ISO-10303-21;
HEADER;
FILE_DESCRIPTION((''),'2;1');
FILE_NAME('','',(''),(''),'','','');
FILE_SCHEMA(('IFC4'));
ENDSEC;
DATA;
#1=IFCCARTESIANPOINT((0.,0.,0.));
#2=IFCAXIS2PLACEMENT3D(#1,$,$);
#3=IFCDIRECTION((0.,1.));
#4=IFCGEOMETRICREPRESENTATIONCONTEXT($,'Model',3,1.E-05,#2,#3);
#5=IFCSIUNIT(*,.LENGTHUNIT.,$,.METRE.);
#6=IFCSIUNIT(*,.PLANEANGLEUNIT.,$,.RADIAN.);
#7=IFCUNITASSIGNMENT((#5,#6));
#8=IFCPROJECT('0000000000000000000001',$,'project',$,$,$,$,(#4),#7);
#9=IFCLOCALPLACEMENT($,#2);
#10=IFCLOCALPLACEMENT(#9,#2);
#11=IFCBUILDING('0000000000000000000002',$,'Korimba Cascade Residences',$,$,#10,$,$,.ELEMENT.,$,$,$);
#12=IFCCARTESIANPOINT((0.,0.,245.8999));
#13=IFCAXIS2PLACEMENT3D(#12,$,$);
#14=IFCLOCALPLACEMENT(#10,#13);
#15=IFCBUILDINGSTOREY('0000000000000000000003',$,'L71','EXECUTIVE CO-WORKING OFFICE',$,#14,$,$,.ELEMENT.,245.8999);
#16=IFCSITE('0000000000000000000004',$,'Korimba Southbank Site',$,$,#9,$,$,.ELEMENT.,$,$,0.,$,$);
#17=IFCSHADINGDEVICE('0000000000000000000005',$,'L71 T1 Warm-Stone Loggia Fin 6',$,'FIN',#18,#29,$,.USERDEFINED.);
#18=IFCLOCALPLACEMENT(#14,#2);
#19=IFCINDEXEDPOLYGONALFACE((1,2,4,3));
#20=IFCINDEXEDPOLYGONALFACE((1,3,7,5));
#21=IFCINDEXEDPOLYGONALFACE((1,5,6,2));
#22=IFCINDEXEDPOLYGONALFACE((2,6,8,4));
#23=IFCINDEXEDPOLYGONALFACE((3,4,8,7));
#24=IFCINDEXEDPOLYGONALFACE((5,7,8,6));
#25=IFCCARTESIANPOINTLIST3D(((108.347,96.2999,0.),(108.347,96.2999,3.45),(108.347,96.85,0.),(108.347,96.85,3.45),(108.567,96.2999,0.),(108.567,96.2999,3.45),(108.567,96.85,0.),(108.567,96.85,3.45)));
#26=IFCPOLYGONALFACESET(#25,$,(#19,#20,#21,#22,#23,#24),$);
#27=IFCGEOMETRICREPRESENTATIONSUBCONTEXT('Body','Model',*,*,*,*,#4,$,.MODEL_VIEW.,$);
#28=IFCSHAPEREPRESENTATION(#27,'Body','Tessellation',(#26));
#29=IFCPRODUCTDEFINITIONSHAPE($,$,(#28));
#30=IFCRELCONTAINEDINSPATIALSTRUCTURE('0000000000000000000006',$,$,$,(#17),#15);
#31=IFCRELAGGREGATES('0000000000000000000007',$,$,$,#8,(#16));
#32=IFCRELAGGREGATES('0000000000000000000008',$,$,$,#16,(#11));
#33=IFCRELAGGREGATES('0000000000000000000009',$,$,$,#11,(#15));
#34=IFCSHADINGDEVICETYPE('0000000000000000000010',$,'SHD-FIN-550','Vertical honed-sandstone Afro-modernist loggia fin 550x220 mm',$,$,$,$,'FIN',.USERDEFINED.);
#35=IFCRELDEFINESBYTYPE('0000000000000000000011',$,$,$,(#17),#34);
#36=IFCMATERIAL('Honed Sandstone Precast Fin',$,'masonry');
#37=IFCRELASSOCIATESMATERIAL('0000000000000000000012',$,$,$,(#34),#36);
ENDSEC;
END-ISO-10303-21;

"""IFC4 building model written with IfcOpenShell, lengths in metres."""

from ifc_helpers import new_model, si_unit, direction, frame, origin, origin_2d, place, context, subcontext, project, spatial, rectangle, extrude, material, type_object, element, save


model = new_model("IFC4")

# Units and contexts
model_context = context("Model", 3, precision=1e-05, world=origin(), true_north=direction((0.0, 1.0)))
body_context = subcontext(model_context, "Body", "Model", "MODEL_VIEW")
ifc_project = project(units=[si_unit("LENGTHUNIT", "METRE"), si_unit("PLANEANGLEUNIT", "RADIAN")], contexts=[model_context])

# Site, building, storey
site_placement = place(None, origin())
site = spatial("IfcSite", under=ifc_project, at=site_placement, Name="Korimba Southbank Site", CompositionType="ELEMENT", RefElevation=0.0)
building_placement = place(site_placement, origin())
building = spatial("IfcBuilding", under=site, at=building_placement, Name="Korimba Cascade Residences", CompositionType="ELEMENT")
storey_placement = place(building_placement, frame((0.0, 0.0, 245.8999)))
storey = spatial("IfcBuildingStorey", under=building, at=storey_placement, Name="L71", Description="EXECUTIVE CO-WORKING OFFICE", CompositionType="ELEMENT", Elevation=245.8999)

# Shading device
ifc_material_1 = material(Name="Honed Sandstone Precast Fin", Category="masonry")
shading_device_type = type_object("IfcShadingDeviceType", Name="SHD-FIN-550", Description="Vertical honed-sandstone Afro-modernist loggia fin 550x220 mm", ElementType="FIN", PredefinedType="USERDEFINED", material=ifc_material_1)
for number, where, z_axis, x_axis, name in (
    (1, (108.457, 96.575, 0.0), (0.0, 0.0, 1.0), (1.0, 0.0, 0.0), "L71 T1 Warm-Stone Loggia Fin 6"),
):
    element("IfcShadingDevice", number, at=place(storey_placement, frame(where, z_axis=z_axis, x_axis=x_axis)), inside=storey, type_object=shading_device_type, Name=name, ObjectType="FIN", PredefinedType="USERDEFINED", context=body_context, shape_type="SweptSolid", body=[
        extrude(rectangle(XDim=0.22, YDim=0.55, at=origin_2d()), origin(), (0.0, 0.0, 1.0), 3.45),
    ])

save(model, "model.ifc")
